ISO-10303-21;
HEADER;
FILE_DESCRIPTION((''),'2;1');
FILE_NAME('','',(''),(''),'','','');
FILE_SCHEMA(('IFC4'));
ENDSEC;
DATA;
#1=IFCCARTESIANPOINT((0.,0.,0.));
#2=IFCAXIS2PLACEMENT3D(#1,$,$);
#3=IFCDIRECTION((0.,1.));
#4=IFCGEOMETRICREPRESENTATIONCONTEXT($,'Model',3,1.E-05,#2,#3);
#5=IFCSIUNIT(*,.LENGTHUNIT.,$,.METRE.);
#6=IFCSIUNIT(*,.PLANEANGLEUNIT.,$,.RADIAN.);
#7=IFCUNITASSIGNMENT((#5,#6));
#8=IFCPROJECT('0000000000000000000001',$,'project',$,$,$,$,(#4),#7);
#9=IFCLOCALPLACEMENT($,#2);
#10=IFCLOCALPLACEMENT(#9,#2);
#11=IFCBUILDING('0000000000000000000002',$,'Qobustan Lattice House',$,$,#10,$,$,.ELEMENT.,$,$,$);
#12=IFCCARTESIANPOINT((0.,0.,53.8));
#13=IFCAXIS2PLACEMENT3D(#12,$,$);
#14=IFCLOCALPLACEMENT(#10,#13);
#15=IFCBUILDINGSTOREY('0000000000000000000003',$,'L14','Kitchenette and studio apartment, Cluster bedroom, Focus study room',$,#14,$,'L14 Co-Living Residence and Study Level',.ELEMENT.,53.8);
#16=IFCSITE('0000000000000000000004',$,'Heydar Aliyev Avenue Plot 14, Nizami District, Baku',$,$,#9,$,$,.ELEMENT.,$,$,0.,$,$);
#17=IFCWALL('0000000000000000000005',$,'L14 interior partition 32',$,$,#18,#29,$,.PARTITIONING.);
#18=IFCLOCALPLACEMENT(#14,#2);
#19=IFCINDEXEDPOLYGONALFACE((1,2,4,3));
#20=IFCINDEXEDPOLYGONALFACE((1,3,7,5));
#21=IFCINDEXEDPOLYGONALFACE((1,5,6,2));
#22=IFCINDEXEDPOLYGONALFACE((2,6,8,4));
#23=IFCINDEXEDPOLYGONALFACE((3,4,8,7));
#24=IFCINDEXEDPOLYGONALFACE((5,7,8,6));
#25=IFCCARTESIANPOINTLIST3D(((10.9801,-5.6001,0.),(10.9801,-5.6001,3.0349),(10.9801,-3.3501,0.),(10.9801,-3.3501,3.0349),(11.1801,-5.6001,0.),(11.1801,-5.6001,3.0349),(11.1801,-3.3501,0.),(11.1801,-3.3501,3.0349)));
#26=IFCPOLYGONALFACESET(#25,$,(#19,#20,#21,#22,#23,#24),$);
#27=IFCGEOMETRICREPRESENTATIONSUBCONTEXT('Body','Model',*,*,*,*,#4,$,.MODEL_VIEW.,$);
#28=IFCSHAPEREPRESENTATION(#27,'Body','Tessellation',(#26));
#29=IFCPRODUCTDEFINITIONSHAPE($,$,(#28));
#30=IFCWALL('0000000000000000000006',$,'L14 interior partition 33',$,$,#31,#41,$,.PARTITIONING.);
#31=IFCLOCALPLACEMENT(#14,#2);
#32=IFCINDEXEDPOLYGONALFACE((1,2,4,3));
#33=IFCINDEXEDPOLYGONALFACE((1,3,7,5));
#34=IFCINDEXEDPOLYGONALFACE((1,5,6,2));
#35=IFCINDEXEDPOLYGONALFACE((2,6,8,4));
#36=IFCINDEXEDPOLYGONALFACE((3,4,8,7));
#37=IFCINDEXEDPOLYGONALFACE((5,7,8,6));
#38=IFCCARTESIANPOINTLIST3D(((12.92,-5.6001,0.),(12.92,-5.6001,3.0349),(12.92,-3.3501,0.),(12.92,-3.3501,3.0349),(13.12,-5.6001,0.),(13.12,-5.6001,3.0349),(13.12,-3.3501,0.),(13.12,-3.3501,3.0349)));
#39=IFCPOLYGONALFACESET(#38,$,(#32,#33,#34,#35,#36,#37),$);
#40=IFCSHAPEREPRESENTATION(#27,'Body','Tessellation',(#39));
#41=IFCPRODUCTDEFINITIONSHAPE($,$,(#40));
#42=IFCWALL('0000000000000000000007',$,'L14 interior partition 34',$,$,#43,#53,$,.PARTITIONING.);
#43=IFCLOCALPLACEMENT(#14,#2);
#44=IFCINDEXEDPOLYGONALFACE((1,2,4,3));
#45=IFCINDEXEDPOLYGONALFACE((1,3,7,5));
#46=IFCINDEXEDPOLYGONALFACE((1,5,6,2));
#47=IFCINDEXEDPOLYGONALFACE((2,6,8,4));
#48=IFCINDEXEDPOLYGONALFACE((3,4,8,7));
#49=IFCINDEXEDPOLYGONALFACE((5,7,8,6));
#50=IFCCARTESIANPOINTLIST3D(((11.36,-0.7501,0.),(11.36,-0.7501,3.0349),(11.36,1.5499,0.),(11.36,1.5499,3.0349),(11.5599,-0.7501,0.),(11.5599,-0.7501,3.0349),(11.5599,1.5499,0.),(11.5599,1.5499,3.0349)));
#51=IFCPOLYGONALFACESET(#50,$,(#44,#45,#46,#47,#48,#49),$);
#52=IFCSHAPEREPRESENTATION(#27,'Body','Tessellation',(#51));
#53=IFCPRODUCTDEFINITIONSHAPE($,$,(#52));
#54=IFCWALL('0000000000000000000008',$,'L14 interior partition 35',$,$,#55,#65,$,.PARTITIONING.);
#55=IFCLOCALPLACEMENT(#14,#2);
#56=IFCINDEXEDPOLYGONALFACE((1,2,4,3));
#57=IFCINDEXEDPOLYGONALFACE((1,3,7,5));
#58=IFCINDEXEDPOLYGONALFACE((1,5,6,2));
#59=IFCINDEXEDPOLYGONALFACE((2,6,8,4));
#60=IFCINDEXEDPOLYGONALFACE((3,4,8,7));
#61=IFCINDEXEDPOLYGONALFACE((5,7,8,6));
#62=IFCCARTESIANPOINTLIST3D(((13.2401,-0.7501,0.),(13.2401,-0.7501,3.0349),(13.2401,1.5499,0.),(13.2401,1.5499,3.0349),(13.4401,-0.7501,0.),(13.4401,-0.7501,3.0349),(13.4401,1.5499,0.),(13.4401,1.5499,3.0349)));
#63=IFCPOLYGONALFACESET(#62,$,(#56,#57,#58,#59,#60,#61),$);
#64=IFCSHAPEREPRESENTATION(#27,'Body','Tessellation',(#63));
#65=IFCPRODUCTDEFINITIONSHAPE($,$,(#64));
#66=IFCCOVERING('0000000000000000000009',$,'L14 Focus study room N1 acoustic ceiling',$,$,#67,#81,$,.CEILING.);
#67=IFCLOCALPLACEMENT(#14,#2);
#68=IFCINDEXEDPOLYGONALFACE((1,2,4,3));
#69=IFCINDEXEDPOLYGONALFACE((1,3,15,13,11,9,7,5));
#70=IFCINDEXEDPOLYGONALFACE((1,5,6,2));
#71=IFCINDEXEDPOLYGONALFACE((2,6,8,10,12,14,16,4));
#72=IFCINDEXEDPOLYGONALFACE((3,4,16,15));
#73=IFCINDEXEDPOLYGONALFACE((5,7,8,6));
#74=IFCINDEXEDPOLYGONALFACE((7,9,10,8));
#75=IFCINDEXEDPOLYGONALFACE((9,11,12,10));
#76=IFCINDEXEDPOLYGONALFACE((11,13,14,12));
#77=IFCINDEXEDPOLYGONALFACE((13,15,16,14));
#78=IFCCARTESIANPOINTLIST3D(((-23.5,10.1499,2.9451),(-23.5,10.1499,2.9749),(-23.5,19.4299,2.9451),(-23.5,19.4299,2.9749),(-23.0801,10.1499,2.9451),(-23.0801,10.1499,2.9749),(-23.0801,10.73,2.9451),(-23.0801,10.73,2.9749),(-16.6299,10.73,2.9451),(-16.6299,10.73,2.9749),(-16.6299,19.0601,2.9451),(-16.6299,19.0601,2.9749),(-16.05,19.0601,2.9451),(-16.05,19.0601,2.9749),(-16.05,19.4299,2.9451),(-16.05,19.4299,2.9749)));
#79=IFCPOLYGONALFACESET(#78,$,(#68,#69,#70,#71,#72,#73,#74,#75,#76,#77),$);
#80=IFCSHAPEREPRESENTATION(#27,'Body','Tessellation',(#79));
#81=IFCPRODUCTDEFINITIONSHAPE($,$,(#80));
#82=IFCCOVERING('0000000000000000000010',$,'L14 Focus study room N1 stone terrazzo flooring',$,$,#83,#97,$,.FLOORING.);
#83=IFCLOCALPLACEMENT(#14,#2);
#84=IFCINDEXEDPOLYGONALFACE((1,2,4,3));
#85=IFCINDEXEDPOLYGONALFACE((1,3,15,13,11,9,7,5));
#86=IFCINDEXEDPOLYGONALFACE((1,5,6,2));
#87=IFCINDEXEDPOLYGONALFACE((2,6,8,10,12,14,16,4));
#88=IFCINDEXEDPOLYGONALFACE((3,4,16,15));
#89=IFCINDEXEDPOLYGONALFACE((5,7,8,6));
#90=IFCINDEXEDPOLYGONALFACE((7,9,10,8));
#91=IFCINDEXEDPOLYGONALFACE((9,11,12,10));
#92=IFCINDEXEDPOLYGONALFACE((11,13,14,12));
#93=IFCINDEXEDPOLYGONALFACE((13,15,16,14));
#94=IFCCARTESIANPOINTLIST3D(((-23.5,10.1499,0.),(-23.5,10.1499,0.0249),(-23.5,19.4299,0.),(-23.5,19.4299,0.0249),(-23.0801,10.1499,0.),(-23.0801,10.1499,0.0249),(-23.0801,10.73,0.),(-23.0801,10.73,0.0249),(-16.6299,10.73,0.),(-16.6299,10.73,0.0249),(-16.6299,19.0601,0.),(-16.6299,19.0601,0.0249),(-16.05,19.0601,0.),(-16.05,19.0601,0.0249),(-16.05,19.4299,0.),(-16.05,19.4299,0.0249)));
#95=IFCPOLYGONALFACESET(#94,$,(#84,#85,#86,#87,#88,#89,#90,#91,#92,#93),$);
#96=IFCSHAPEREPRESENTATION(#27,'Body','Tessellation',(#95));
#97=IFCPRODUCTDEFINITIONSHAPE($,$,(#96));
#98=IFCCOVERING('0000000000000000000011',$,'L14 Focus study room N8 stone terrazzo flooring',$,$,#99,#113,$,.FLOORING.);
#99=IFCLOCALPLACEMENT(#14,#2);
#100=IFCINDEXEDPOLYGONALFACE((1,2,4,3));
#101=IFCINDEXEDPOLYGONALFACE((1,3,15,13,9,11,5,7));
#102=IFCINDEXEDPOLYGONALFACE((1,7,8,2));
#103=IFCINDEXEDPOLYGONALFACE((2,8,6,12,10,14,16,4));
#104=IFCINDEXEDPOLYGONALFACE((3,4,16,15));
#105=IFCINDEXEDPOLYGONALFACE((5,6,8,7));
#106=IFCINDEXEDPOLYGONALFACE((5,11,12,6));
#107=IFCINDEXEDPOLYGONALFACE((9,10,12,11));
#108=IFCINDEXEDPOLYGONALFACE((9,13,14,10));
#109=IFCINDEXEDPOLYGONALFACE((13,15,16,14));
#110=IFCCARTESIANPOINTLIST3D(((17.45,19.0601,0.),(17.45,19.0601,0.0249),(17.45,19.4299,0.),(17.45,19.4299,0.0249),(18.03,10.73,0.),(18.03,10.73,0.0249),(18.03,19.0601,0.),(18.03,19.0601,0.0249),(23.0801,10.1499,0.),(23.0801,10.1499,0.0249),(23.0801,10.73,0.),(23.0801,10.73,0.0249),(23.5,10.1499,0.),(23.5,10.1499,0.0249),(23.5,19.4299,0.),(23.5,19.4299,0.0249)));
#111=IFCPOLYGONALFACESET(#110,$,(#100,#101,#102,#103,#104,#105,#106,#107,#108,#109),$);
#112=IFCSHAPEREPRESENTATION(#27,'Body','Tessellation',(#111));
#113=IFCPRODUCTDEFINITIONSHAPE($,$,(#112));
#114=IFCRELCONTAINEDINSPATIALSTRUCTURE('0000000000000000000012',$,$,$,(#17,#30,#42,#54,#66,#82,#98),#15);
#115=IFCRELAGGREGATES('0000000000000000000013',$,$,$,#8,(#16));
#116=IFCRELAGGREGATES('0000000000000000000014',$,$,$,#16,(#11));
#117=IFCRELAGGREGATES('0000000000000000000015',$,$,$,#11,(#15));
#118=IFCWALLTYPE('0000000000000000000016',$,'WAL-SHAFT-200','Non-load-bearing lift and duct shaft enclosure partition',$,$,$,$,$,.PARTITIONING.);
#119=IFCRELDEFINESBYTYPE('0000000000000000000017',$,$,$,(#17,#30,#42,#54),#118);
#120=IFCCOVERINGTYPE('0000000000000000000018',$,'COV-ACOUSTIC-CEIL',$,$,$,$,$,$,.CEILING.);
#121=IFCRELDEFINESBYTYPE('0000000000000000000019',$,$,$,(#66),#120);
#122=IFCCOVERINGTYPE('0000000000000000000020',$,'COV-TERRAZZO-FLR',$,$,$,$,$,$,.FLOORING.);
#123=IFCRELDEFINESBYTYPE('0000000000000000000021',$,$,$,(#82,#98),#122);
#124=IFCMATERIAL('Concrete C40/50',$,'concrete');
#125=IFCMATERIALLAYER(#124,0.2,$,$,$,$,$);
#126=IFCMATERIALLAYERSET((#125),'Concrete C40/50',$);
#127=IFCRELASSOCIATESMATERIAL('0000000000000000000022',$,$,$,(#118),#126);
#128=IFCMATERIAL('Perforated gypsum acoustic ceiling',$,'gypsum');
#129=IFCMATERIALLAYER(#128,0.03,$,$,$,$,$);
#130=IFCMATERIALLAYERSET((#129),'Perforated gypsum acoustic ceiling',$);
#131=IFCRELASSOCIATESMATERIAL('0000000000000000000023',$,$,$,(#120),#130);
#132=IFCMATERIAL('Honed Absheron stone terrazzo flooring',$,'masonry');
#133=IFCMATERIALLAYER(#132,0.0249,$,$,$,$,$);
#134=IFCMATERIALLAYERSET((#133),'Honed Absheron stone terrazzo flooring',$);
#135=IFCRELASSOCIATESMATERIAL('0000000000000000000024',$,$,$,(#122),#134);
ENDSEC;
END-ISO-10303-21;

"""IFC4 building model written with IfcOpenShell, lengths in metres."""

from ifc_helpers import new_model, si_unit, direction, frame, frame_2d, origin, place, context, subcontext, project, spatial, polyline, rectangle, outline, extrude, material, layer, layer_set, type_object, element, save


model = new_model("IFC4")

# Units and contexts
model_context = context("Model", 3, precision=1e-05, world=origin(), true_north=direction((0.0, 1.0)))
body_context = subcontext(model_context, "Body", "Model", "MODEL_VIEW")
ifc_project = project(units=[si_unit("LENGTHUNIT", "METRE"), si_unit("PLANEANGLEUNIT", "RADIAN")], contexts=[model_context])

# Site, building, storey
site_placement = place(None, origin())
site = spatial("IfcSite", under=ifc_project, at=site_placement, Name="Heydar Aliyev Avenue Plot 14, Nizami District, Baku", CompositionType="ELEMENT", RefElevation=0.0)
building_placement = place(site_placement, origin())
building = spatial("IfcBuilding", under=site, at=building_placement, Name="Qobustan Lattice House", CompositionType="ELEMENT")
storey_placement = place(building_placement, frame((0.0, 0.0, 53.8)))
storey = spatial("IfcBuildingStorey", under=building, at=storey_placement, Name="L14", Description="Kitchenette and studio apartment, Cluster bedroom, Focus study room", LongName="L14 Co-Living Residence and Study Level", CompositionType="ELEMENT", Elevation=53.8)

# Walls
ifc_material_1 = material(Name="Concrete C40/50", Category="concrete")
ifc_layer_1 = layer(ifc_material_1, 0.2)
ifc_layer_set_1 = layer_set([ifc_layer_1], Name="Concrete C40/50")
wall_type_1 = type_object("IfcWallType", Name="WAL-SHAFT-200", Description="Non-load-bearing lift and duct shaft enclosure partition", PredefinedType="PARTITIONING", material=ifc_layer_set_1)
for number, where, z_axis, x_axis, name in (
    (1, (11.0801, -5.6001, 0.0), (0.0, 0.0, 1.0), (0.0, 1.0, 0.0), "L14 interior partition 32"),
    (2, (13.02, -5.6001, 0.0), (0.0, 0.0, 1.0), (0.0, 1.0, 0.0), "L14 interior partition 33"),
):
    element("IfcWall", number, at=place(storey_placement, frame(where, z_axis=z_axis, x_axis=x_axis)), inside=storey, type_object=wall_type_1, Name=name, PredefinedType="PARTITIONING", context=body_context, shape_type="SweptSolid", body=[
        extrude(rectangle(XDim=2.25, YDim=0.2, at=frame_2d((1.125, 0.0))), origin(), (0.0, 0.0, 1.0), 3.0349),
    ])
for number, where, z_axis, x_axis, name in (
    (3, (11.46, -0.75, 0.0), (0.0, 0.0, 1.0), (0.0, 1.0, 0.0), "L14 interior partition 34"),
    (4, (13.3401, -0.75, 0.0), (0.0, 0.0, 1.0), (0.0, 1.0, 0.0), "L14 interior partition 35"),
):
    element("IfcWall", number, at=place(storey_placement, frame(where, z_axis=z_axis, x_axis=x_axis)), inside=storey, type_object=wall_type_1, Name=name, PredefinedType="PARTITIONING", context=body_context, shape_type="SweptSolid", body=[
        extrude(rectangle(XDim=2.3, YDim=0.2, at=frame_2d((1.1499, 0.0))), origin(), (0.0, 0.0, 1.0), 3.0349),
    ])

# Coverings
ifc_material_2 = material(Name="Perforated gypsum acoustic ceiling", Category="gypsum")
ifc_layer_2 = layer(ifc_material_2, 0.03)
ifc_layer_set_2 = layer_set([ifc_layer_2], Name="Perforated gypsum acoustic ceiling")
covering_type_1 = type_object("IfcCoveringType", Name="COV-ACOUSTIC-CEIL", PredefinedType="CEILING", material=ifc_layer_set_2)
covering_1_placement = place(storey_placement, frame((0.0, 0.0, 2.9451)))
element("IfcCovering", 5, at=covering_1_placement, inside=storey, type_object=covering_type_1, Name="L14 Focus study room N1 acoustic ceiling", PredefinedType="CEILING", context=body_context, shape_type="SweptSolid", body=[
    extrude(outline(polyline([(-16.05, 19.4299), (-23.5, 19.4299), (-23.5, 10.1499), (-23.0801, 10.1499), (-23.0801, 10.73), (-16.6299, 10.73), (-16.6299, 19.0601), (-16.05, 19.0601), (-16.05, 19.4299)])), origin(), (0.0, 0.0, 1.0), 0.0298),
])
ifc_material_3 = material(Name="Honed Absheron stone terrazzo flooring", Category="masonry")
ifc_layer_3 = layer(ifc_material_3, 0.0249)
ifc_layer_set_3 = layer_set([ifc_layer_3], Name="Honed Absheron stone terrazzo flooring")
covering_type_2 = type_object("IfcCoveringType", Name="COV-TERRAZZO-FLR", PredefinedType="FLOORING", material=ifc_layer_set_3)
covering_2_placement = place(storey_placement, origin())
element("IfcCovering", 6, at=covering_2_placement, inside=storey, type_object=covering_type_2, Name="L14 Focus study room N1 stone terrazzo flooring", PredefinedType="FLOORING", context=body_context, shape_type="SweptSolid", body=[
    extrude(outline(polyline([(-16.05, 19.4299), (-23.5, 19.4299), (-23.5, 10.1499), (-23.0801, 10.1499), (-23.0801, 10.73), (-16.6299, 10.73), (-16.6299, 19.0601), (-16.05, 19.0601), (-16.05, 19.4299)])), origin(), (0.0, 0.0, 1.0), 0.0249),
])
covering_3_placement = place(storey_placement, origin())
element("IfcCovering", 7, at=covering_3_placement, inside=storey, type_object=covering_type_2, Name="L14 Focus study room N8 stone terrazzo flooring", PredefinedType="FLOORING", context=body_context, shape_type="SweptSolid", body=[
    extrude(outline(polyline([(17.45, 19.4299), (17.45, 19.0601), (18.03, 19.0601), (18.03, 10.73), (23.0801, 10.73), (23.0801, 10.1499), (23.5, 10.1499), (23.5, 19.4299), (17.45, 19.4299)])), origin(), (0.0, 0.0, 1.0), 0.0249),
])

save(model, "model.ifc")
